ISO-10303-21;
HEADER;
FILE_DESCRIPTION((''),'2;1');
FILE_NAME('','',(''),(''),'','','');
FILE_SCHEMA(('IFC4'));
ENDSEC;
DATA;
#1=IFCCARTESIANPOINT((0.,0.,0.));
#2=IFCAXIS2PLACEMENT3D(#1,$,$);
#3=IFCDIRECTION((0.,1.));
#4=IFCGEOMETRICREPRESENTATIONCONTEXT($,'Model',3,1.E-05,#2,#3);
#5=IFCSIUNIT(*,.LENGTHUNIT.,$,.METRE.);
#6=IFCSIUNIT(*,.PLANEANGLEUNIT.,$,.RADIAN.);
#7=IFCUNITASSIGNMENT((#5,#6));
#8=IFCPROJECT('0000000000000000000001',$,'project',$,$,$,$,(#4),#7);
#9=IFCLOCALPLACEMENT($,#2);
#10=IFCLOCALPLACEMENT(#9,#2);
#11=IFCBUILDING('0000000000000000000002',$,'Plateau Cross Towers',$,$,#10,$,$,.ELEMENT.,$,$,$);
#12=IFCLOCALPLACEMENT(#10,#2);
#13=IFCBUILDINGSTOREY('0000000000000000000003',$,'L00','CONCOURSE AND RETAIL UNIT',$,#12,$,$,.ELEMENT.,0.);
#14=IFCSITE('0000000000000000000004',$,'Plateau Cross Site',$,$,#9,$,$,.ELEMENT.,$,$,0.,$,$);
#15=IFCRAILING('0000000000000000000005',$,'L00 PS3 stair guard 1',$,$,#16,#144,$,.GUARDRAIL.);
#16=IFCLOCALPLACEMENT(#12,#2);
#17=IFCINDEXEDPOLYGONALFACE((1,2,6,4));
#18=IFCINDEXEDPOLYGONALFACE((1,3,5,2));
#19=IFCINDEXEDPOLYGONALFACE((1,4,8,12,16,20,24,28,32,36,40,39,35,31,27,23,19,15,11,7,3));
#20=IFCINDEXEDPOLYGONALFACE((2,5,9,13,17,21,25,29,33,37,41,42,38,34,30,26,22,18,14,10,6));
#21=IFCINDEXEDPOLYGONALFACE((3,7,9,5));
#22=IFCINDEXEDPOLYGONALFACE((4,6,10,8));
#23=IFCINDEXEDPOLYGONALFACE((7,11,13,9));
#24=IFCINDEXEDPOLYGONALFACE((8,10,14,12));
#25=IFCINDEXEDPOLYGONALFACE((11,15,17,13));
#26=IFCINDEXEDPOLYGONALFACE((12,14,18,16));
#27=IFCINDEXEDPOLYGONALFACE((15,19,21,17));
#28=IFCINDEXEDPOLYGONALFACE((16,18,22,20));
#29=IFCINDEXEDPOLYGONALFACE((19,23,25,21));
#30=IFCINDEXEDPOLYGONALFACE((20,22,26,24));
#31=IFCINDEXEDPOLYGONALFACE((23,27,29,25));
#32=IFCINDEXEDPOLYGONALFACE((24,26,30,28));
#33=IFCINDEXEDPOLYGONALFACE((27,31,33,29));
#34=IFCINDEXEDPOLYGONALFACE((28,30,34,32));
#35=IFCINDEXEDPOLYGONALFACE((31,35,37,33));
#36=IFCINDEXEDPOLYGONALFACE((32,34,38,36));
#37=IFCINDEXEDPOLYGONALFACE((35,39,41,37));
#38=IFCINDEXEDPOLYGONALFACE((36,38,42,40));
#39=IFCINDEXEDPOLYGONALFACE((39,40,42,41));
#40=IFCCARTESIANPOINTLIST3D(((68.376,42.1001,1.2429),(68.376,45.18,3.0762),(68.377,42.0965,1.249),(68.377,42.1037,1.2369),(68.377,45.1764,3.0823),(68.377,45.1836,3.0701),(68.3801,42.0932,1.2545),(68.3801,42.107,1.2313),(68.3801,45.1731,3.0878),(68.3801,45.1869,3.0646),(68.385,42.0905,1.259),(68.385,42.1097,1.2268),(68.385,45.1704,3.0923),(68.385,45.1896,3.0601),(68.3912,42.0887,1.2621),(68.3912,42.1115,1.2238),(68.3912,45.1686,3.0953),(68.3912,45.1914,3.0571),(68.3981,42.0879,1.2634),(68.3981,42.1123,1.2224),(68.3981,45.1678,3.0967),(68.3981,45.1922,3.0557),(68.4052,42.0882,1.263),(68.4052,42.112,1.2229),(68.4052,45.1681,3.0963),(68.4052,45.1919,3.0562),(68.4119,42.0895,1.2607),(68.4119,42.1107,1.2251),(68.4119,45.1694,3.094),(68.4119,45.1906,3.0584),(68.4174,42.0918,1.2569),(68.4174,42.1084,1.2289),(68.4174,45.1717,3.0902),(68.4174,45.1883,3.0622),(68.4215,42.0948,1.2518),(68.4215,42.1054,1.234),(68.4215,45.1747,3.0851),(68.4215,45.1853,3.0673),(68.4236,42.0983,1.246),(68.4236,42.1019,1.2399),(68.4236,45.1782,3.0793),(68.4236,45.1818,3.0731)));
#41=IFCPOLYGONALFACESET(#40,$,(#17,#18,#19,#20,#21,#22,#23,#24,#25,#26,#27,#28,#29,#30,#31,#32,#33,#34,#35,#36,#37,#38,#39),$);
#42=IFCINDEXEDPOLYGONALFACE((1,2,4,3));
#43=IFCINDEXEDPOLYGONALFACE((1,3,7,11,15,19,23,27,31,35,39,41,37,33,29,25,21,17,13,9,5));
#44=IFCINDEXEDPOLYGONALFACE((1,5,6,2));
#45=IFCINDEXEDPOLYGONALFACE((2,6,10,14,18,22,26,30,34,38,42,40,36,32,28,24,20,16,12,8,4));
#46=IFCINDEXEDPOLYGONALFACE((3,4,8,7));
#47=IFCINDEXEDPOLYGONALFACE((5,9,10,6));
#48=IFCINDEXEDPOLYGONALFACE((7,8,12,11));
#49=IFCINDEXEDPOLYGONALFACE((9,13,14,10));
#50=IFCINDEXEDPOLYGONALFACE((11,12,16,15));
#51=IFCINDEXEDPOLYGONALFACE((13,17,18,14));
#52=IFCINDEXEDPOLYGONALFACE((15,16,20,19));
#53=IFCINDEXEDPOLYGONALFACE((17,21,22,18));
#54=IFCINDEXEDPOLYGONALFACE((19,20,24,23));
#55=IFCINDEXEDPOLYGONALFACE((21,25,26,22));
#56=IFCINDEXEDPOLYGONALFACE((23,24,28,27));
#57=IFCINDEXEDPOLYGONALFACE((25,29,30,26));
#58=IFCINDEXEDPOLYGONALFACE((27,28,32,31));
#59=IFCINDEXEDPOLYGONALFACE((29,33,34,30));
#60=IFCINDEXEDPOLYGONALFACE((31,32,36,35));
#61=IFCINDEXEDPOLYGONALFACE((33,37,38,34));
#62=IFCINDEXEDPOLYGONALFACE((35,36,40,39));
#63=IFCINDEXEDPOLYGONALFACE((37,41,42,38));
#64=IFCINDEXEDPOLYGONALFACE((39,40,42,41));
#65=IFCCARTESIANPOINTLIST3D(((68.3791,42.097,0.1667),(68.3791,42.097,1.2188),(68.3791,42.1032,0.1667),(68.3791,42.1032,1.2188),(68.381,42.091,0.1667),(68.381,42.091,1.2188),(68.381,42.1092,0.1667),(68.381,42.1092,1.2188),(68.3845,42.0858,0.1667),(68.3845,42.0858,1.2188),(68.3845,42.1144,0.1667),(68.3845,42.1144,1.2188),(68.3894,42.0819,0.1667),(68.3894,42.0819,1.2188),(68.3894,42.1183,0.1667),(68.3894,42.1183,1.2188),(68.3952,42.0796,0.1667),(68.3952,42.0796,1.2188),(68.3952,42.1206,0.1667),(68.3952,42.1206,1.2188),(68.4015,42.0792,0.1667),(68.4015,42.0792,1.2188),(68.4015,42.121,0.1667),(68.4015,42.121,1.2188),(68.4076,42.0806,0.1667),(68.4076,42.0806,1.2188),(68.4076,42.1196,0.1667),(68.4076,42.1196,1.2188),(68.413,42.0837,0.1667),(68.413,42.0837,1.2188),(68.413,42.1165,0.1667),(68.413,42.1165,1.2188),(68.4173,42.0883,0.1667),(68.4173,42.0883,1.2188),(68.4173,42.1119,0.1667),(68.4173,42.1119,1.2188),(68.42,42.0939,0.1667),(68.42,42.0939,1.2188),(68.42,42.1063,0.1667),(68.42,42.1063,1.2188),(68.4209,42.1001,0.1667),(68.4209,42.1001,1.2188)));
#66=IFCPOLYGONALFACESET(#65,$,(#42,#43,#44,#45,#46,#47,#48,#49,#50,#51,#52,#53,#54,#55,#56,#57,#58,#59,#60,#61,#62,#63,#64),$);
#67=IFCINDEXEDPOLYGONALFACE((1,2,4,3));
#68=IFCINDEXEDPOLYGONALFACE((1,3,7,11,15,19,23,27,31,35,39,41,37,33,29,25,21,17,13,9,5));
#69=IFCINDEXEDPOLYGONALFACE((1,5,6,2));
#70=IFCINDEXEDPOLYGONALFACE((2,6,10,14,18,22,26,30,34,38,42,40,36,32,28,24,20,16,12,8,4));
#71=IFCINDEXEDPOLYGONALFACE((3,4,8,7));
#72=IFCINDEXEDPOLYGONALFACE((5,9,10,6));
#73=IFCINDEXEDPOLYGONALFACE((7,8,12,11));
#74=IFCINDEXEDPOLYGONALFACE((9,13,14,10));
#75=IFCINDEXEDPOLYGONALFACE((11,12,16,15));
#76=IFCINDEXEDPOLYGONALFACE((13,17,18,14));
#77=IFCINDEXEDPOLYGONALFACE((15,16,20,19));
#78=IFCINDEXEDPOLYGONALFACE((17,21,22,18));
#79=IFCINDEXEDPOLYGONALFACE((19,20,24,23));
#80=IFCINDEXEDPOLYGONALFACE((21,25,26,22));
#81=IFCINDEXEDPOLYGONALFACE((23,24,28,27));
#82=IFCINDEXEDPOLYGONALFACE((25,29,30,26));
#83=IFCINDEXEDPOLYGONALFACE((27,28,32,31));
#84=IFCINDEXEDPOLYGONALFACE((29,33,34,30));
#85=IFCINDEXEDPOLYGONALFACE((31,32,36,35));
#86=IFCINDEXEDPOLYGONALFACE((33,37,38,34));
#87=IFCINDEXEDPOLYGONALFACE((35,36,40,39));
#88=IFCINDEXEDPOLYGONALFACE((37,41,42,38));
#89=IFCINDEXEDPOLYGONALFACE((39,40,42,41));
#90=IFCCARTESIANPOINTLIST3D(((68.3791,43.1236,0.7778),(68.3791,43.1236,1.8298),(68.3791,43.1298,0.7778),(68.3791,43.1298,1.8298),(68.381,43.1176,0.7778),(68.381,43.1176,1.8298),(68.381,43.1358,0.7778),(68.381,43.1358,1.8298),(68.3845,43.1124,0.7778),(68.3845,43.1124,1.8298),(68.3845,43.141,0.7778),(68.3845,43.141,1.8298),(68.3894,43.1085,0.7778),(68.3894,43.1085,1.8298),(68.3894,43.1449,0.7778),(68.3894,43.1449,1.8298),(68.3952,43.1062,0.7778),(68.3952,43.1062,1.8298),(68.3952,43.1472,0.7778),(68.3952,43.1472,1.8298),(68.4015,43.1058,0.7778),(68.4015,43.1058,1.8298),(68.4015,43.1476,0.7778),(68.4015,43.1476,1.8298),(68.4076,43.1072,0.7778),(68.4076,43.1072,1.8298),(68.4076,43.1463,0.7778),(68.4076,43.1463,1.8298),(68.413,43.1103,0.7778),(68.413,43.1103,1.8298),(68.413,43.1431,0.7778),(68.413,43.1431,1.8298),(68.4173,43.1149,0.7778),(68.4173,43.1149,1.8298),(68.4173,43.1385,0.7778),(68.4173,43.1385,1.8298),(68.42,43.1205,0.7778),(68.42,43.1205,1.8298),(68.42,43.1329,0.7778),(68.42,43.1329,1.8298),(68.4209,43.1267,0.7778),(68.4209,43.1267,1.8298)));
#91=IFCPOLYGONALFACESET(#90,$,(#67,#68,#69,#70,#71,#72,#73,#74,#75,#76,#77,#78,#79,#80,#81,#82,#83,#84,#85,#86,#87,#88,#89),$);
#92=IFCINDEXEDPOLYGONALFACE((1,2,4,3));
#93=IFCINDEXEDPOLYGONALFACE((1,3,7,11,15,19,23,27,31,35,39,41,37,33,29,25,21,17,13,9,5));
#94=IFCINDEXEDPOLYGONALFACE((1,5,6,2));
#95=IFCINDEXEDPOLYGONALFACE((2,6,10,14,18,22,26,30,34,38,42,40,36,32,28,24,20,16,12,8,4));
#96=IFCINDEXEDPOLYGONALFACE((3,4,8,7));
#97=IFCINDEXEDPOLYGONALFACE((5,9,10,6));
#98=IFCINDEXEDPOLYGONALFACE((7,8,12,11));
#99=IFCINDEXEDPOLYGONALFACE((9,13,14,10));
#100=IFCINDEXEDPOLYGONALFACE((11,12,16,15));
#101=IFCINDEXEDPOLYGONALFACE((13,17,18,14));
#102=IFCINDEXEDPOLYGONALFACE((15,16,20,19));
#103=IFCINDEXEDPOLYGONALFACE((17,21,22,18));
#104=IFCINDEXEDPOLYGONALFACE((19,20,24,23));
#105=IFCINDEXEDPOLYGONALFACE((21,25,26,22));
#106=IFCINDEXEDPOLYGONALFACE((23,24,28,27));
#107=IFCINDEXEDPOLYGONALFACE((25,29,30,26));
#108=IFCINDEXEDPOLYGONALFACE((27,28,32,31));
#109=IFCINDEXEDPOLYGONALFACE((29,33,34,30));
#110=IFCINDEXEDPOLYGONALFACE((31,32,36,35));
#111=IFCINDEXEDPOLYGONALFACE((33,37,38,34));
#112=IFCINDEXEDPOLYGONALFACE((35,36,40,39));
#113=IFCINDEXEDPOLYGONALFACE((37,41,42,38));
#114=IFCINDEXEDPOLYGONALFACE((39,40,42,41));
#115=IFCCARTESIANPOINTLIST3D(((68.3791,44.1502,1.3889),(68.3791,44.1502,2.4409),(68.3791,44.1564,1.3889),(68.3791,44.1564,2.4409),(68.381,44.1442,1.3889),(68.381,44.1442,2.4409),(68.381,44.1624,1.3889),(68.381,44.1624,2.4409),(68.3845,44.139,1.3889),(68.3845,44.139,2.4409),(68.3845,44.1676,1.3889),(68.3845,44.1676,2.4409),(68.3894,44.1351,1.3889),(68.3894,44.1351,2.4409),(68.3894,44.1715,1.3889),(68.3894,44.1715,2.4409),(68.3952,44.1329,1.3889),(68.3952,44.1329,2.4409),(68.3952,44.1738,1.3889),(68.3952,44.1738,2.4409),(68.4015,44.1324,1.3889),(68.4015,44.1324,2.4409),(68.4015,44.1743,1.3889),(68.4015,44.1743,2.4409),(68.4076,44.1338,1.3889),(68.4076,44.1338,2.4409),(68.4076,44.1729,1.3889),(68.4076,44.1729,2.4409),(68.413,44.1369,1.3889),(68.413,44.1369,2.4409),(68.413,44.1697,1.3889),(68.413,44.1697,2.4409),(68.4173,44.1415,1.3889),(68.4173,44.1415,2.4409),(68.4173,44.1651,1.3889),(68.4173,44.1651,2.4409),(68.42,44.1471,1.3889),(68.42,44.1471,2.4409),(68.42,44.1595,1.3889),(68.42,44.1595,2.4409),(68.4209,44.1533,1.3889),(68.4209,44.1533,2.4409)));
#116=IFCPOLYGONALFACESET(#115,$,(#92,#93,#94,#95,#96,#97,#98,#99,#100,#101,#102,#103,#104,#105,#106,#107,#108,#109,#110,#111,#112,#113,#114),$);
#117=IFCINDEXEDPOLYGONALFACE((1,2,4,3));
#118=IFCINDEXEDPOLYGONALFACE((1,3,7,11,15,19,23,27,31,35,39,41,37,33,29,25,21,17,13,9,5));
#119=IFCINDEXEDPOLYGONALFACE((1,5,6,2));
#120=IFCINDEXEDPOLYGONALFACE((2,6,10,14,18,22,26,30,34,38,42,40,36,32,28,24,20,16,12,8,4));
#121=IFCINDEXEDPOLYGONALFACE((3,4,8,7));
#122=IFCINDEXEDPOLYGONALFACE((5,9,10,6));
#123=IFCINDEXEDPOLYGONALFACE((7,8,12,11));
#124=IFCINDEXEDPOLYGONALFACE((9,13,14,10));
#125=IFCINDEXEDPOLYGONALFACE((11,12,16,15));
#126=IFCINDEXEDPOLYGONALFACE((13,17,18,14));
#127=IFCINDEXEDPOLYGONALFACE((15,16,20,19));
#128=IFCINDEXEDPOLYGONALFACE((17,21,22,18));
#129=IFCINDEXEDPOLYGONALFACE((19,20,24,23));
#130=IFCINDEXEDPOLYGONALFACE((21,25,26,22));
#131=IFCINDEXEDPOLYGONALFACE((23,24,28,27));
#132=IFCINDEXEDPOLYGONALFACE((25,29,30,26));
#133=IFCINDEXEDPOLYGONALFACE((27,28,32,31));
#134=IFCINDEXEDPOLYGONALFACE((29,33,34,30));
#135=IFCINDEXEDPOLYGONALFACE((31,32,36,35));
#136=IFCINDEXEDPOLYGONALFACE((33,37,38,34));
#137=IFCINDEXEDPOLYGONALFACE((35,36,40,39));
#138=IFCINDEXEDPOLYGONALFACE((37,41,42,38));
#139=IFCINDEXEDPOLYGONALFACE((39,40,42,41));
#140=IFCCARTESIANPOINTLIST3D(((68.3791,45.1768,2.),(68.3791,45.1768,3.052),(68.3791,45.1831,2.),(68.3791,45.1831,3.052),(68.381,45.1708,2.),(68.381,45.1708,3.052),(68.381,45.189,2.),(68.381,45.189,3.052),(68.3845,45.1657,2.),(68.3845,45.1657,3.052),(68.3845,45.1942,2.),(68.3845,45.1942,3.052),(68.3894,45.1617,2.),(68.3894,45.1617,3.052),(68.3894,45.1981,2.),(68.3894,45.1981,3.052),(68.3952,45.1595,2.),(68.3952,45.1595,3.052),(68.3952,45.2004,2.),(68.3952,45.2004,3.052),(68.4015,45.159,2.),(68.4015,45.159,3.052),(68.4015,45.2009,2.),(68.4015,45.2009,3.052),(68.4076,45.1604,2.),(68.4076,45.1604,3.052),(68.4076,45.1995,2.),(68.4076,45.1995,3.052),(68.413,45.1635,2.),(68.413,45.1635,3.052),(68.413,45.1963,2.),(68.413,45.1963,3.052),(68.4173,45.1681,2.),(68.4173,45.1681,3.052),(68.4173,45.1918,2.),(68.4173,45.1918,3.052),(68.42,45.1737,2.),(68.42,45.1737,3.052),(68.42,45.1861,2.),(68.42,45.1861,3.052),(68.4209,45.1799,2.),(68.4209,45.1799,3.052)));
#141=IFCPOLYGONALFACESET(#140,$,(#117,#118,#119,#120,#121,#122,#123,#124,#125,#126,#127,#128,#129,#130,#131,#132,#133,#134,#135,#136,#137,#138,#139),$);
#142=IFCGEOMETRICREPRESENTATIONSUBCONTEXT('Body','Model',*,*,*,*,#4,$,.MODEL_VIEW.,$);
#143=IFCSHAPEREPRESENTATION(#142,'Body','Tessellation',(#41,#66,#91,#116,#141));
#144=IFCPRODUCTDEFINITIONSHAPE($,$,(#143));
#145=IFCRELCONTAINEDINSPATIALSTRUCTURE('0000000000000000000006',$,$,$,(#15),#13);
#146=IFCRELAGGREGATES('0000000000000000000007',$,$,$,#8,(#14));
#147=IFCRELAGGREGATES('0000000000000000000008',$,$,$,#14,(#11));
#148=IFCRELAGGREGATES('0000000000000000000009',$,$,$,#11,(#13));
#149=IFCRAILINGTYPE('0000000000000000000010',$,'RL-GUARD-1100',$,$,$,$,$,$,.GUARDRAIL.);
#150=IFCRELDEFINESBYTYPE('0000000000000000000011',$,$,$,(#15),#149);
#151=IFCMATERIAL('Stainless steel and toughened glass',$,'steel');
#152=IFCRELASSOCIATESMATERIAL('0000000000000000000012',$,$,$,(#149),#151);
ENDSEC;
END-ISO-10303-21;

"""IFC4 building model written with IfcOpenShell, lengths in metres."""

from ifc_helpers import new_model, si_unit, direction, frame, origin, origin_2d, place, context, subcontext, project, spatial, circle, extrude, material, type_object, element, save


model = new_model("IFC4")

# Units and contexts
model_context = context("Model", 3, precision=1e-05, world=origin(), true_north=direction((0.0, 1.0)))
body_context = subcontext(model_context, "Body", "Model", "MODEL_VIEW")
ifc_project = project(units=[si_unit("LENGTHUNIT", "METRE"), si_unit("PLANEANGLEUNIT", "RADIAN")], contexts=[model_context])

# Site, building, storey
site_placement = place(None, origin())
site = spatial("IfcSite", under=ifc_project, at=site_placement, Name="Plateau Cross Site", CompositionType="ELEMENT", RefElevation=0.0)
building_placement = place(site_placement, origin())
building = spatial("IfcBuilding", under=site, at=building_placement, Name="Plateau Cross Towers", CompositionType="ELEMENT")
storey_placement = place(building_placement, origin())
storey = spatial("IfcBuildingStorey", under=building, at=storey_placement, Name="L00", Description="CONCOURSE AND RETAIL UNIT", CompositionType="ELEMENT", Elevation=0.0)

# Railing
ifc_material_1 = material(Name="Stainless steel and toughened glass", Category="steel")
railing_type_1 = type_object("IfcRailingType", Name="RL-GUARD-1100", PredefinedType="GUARDRAIL", material=ifc_material_1)
railing_1_placement = place(storey_placement, frame((68.3999, 42.1001, 0.1667)))
element("IfcRailing", 1, at=railing_1_placement, inside=storey, type_object=railing_type_1, Name="L00 PS3 stair guard 1", PredefinedType="GUARDRAIL", context=body_context, shape_type="SweptSolid", body=[
    extrude(circle(Radius=0.0239, at=origin_2d()), frame((0.0, 0.0, 1.0762), z_axis=(0.0, 0.859291, 0.511487), x_axis=(-1.0, 0.0, 0.0)), (0.0, 0.0, 1.0), 3.5842),
    extrude(circle(Radius=0.021, at=origin_2d()), origin(), (0.0, 0.0, 1.0), 1.052),
    extrude(circle(Radius=0.021, at=origin_2d()), frame((0.0, 1.0266, 0.6111)), (0.0, 0.0, 1.0), 1.052),
    extrude(circle(Radius=0.021, at=origin_2d()), frame((0.0, 2.0532, 1.2222)), (0.0, 0.0, 1.0), 1.052),
    extrude(circle(Radius=0.021, at=origin_2d()), frame((0.0, 3.0798, 1.8333)), (0.0, 0.0, 1.0), 1.052),
])

save(model, "model.ifc")
